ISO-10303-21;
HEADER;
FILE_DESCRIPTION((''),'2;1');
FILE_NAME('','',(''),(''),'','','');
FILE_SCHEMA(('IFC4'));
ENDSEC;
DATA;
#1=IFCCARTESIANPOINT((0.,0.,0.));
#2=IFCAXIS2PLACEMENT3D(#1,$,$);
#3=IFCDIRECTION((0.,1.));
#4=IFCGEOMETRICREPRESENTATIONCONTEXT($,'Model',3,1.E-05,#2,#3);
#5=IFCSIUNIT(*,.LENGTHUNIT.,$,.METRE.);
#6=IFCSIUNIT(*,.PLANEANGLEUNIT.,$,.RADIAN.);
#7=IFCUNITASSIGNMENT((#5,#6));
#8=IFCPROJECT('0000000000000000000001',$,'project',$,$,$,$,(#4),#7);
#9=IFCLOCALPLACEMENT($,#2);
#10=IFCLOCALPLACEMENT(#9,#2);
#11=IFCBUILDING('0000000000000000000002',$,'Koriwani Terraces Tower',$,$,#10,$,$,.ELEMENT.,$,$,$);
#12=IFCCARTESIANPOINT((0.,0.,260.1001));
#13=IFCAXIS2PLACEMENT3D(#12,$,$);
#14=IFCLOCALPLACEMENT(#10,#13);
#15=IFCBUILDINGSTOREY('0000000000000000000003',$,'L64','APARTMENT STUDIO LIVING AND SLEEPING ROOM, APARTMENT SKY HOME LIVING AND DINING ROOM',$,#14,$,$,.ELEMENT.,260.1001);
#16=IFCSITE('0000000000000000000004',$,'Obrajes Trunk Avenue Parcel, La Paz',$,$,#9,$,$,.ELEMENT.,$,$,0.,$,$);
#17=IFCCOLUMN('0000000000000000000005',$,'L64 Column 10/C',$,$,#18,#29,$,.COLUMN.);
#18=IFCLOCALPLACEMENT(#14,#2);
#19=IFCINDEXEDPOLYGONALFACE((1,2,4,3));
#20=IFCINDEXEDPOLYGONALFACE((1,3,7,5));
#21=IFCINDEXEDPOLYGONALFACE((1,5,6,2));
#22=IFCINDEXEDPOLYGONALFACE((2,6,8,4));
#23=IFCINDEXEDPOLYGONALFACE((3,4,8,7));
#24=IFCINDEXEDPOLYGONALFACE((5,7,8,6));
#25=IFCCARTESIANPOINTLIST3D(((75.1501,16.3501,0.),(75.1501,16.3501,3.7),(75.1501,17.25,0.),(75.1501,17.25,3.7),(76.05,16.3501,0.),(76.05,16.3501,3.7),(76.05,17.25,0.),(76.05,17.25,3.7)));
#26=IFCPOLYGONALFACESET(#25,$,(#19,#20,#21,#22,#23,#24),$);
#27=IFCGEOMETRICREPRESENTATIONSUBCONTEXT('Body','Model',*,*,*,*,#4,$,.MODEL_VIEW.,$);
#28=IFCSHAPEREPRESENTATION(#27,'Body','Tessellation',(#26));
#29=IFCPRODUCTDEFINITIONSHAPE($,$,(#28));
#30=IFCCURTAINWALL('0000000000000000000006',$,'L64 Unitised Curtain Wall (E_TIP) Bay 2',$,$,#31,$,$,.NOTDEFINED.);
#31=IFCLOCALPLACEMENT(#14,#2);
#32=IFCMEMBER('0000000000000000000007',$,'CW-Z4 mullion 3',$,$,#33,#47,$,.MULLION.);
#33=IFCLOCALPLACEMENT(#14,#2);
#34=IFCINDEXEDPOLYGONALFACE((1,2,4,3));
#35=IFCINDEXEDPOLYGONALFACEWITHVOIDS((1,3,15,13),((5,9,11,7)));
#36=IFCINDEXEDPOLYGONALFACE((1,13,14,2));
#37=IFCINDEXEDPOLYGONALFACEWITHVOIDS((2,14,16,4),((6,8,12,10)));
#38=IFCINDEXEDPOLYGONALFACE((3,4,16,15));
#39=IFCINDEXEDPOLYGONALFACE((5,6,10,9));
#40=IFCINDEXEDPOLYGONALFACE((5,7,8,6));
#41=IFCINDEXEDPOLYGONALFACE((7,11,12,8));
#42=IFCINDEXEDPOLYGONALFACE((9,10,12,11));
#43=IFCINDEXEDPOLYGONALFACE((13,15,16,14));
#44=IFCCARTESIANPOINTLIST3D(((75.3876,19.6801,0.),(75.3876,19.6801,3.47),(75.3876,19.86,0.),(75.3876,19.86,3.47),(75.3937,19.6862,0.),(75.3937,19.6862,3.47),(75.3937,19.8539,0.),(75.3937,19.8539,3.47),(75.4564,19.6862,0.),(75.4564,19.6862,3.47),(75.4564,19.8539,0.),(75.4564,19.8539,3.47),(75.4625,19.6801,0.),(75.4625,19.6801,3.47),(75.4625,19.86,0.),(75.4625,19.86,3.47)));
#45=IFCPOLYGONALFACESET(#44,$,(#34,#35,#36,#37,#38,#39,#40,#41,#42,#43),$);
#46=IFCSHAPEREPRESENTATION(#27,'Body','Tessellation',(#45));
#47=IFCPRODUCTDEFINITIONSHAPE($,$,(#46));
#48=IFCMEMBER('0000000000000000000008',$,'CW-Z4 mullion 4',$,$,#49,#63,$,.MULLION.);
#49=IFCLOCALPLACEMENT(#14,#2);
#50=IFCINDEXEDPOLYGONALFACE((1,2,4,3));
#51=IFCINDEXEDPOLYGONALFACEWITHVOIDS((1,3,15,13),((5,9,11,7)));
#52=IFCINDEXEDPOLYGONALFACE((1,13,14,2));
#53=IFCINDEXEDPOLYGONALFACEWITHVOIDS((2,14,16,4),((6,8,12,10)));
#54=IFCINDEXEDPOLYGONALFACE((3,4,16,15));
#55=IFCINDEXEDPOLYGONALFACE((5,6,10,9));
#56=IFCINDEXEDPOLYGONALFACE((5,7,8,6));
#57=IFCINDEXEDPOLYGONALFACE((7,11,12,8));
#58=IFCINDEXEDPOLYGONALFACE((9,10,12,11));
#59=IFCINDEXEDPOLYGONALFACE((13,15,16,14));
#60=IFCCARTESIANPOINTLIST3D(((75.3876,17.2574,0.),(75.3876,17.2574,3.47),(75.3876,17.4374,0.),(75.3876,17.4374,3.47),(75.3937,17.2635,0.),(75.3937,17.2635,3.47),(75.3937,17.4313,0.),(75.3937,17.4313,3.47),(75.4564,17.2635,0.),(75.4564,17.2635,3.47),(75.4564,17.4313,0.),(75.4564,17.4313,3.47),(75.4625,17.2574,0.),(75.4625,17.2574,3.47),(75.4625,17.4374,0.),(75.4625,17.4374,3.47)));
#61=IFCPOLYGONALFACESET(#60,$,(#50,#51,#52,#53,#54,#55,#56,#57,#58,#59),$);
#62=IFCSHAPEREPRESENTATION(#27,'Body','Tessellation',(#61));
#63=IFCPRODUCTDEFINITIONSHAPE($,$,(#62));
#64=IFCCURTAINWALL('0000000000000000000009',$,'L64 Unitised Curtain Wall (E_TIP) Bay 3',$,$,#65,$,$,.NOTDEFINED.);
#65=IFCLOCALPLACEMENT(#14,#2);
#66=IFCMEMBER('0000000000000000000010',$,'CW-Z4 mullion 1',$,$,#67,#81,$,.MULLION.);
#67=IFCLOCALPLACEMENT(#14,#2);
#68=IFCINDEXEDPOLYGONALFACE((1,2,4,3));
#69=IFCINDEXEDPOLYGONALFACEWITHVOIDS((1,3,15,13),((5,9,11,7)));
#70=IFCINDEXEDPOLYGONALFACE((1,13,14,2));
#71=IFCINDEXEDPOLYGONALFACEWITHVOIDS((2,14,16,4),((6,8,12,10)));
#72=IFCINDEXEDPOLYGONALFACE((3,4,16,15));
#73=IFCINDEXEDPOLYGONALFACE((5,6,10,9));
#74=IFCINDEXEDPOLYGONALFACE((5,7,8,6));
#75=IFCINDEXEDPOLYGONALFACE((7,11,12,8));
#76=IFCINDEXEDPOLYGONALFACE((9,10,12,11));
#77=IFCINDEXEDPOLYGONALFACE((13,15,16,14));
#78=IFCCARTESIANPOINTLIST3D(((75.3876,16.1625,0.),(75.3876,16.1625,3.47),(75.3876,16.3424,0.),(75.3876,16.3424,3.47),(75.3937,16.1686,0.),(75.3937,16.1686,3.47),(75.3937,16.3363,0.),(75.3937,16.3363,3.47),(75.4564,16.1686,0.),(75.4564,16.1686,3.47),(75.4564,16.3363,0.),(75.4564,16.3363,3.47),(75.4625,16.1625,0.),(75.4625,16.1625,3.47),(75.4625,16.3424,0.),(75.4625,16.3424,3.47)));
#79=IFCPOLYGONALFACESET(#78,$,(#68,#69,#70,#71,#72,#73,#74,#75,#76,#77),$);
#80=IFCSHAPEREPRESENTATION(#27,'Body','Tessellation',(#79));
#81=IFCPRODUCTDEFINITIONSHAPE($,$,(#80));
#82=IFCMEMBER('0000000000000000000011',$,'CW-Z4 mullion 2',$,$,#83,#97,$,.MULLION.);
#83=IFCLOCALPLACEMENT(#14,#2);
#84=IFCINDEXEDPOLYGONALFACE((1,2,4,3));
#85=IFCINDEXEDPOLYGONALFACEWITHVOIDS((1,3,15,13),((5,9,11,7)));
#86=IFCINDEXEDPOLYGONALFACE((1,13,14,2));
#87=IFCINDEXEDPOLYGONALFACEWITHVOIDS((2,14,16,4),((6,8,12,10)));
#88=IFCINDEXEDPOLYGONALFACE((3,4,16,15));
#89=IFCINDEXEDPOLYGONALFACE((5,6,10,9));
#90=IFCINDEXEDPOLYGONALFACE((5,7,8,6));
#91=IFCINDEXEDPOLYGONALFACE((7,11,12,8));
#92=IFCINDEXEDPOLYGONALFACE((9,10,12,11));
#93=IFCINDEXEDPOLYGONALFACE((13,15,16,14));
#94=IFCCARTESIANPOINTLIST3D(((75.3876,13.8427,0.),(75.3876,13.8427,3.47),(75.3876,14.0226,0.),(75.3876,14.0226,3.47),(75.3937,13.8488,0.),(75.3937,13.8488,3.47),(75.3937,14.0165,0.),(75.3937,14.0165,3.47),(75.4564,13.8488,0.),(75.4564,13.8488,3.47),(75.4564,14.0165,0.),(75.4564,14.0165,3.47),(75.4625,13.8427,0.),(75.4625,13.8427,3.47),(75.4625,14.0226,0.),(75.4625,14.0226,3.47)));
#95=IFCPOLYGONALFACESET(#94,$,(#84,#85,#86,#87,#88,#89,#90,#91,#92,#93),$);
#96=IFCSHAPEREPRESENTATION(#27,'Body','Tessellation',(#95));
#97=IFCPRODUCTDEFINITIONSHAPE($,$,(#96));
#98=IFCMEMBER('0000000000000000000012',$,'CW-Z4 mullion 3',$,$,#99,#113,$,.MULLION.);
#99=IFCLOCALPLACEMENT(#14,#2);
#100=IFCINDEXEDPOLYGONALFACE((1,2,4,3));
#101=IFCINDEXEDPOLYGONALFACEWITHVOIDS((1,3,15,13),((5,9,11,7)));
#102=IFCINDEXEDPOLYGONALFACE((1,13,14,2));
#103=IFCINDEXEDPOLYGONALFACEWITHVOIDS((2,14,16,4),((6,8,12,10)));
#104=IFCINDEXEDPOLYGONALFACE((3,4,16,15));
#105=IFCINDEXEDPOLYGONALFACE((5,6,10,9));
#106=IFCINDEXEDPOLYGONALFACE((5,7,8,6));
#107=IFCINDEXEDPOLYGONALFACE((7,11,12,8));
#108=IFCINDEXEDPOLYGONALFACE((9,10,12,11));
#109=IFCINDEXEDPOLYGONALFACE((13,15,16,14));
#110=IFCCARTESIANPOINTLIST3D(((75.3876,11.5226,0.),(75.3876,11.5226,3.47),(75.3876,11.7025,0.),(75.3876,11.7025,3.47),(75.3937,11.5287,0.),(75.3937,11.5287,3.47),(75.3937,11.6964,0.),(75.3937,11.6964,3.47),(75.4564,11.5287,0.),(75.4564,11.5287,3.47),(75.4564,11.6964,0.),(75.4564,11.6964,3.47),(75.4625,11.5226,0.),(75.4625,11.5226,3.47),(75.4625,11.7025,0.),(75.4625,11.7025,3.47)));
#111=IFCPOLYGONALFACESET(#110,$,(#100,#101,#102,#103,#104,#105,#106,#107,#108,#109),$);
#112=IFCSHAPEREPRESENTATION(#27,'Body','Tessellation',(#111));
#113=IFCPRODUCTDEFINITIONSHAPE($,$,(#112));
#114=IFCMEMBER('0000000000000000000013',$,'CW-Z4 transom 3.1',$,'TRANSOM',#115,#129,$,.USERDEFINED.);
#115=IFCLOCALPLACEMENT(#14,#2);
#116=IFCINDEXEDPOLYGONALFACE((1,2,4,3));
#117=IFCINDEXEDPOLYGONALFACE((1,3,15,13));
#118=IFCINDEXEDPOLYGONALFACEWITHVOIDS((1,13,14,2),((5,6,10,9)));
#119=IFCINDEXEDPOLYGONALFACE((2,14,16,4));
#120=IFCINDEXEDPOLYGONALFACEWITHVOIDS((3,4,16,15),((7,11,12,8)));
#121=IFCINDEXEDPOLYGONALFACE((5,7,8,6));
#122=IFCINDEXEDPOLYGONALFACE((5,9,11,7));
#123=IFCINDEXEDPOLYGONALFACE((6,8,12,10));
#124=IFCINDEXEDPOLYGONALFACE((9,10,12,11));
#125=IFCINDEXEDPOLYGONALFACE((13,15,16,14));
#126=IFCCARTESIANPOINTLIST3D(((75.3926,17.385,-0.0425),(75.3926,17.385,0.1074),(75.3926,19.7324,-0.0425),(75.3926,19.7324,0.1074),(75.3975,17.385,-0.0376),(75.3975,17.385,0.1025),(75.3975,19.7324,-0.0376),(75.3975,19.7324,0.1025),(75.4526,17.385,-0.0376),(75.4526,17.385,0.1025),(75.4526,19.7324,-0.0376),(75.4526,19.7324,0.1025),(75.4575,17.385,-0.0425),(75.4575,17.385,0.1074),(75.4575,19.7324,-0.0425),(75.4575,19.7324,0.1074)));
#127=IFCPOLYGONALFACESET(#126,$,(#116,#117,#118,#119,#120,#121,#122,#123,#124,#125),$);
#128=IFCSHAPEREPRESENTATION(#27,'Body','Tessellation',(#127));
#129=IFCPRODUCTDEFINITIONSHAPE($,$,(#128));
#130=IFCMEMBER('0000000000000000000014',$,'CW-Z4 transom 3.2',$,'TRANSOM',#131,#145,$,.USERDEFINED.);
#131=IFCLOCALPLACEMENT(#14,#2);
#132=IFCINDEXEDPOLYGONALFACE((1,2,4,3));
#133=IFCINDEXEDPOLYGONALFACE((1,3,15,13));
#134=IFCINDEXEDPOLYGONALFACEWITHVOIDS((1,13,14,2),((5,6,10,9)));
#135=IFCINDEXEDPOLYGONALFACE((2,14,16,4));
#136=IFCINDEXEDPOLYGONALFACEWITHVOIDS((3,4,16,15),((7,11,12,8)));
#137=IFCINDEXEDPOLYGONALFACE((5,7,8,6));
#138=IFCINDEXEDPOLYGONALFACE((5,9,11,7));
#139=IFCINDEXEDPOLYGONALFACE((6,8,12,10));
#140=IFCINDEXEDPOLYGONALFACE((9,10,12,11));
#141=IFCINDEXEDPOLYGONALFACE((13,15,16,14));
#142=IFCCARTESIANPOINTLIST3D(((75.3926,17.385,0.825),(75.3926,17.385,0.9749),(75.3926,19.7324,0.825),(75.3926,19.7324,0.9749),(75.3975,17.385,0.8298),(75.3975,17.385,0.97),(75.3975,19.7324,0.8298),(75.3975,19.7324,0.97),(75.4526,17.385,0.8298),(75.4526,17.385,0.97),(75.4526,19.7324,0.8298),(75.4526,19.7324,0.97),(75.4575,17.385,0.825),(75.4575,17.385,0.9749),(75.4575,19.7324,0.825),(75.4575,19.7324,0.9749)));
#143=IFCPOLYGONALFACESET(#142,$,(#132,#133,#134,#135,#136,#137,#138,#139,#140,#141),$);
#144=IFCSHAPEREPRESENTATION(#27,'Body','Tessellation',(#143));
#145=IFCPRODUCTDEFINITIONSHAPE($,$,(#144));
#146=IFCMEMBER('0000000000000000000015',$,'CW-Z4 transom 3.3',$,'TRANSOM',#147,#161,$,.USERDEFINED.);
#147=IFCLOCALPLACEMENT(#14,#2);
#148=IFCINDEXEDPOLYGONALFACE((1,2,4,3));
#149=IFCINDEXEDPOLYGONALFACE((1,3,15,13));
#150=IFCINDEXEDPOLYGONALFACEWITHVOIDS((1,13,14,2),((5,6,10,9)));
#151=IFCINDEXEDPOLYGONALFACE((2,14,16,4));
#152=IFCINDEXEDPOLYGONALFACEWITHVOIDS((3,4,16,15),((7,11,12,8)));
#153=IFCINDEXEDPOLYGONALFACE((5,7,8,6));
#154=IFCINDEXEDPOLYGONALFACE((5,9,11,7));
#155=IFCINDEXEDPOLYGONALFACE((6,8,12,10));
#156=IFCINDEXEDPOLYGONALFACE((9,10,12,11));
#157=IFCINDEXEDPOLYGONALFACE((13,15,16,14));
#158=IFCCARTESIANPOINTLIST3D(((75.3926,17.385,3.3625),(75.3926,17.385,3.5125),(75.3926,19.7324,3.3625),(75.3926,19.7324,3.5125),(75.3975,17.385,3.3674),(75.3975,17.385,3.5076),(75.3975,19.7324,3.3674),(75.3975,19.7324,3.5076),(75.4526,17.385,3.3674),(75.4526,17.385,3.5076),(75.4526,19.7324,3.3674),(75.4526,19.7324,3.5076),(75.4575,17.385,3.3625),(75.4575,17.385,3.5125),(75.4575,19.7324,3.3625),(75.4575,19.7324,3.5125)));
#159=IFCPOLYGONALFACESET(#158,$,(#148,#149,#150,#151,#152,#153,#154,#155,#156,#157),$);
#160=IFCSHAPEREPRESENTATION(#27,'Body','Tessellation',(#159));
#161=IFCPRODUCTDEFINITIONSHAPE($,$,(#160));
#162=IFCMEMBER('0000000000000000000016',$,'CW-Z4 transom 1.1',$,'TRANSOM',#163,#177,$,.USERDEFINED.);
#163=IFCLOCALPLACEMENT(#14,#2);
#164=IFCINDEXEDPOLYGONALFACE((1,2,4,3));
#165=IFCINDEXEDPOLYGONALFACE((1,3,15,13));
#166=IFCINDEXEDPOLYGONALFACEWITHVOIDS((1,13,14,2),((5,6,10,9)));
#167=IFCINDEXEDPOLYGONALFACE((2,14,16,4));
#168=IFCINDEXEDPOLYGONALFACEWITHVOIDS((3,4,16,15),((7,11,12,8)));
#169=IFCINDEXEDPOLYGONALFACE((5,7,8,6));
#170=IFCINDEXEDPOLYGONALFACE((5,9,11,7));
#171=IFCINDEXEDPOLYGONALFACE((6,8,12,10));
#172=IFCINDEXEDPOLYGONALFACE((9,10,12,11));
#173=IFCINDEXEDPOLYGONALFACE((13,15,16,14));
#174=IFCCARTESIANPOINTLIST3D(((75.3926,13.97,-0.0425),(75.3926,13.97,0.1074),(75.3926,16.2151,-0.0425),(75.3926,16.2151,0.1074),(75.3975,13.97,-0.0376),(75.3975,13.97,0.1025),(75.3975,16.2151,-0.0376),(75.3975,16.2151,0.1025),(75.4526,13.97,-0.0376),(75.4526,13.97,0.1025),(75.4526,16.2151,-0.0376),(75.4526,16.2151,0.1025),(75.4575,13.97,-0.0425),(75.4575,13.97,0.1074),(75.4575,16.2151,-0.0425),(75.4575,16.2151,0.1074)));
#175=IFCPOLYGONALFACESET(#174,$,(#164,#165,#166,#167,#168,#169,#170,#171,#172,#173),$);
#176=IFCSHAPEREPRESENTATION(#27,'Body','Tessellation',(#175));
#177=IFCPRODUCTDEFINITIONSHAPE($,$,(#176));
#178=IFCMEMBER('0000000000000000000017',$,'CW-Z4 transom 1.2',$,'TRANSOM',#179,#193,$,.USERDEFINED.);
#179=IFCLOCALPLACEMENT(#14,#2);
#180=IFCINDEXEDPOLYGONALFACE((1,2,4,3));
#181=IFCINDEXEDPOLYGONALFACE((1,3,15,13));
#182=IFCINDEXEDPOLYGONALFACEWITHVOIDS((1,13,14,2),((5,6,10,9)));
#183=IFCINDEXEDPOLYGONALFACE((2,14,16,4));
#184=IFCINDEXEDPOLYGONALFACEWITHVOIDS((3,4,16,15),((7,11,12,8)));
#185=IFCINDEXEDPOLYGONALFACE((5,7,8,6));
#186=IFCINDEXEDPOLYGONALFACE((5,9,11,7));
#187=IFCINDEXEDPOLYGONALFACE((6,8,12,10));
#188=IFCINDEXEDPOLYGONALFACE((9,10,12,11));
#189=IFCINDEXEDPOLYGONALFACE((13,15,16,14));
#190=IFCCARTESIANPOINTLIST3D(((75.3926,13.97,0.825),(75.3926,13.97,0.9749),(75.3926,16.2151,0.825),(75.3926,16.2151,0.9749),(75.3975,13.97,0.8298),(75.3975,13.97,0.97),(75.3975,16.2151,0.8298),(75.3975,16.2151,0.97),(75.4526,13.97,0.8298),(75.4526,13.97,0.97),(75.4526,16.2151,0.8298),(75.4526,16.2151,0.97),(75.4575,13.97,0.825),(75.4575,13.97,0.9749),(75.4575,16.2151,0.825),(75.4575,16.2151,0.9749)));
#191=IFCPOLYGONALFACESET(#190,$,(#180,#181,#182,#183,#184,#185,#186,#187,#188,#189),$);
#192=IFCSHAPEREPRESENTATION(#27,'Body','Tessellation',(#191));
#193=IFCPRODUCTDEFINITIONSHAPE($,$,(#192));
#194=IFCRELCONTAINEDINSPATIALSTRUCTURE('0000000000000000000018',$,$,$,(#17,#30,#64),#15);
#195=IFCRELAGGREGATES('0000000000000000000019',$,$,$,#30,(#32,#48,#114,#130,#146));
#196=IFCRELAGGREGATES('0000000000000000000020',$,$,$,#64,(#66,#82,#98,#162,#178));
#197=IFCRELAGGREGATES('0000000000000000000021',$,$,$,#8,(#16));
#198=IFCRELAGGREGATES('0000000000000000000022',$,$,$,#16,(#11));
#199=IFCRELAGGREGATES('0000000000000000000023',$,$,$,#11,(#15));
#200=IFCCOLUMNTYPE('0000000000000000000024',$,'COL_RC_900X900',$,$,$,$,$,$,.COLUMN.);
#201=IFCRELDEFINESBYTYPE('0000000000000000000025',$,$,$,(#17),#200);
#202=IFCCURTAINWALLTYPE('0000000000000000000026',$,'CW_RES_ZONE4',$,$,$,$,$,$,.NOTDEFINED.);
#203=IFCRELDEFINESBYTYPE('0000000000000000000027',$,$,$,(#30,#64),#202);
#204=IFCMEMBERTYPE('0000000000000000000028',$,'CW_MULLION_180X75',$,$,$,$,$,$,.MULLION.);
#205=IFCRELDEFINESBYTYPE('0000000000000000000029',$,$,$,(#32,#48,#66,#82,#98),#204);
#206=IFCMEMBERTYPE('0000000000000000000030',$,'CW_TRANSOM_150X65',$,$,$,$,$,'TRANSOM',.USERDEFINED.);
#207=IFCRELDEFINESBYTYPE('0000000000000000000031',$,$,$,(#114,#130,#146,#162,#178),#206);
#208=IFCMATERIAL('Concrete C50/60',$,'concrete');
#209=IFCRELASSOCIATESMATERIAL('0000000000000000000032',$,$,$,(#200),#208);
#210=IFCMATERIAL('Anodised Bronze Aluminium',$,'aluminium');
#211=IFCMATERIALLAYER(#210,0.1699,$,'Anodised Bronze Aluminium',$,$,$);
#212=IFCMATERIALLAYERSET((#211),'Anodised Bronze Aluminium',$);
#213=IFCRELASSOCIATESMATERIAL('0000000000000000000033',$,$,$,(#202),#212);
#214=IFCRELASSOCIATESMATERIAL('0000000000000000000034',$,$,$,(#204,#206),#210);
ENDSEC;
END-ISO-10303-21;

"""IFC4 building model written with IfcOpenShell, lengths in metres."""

from ifc_helpers import new_model, si_unit, direction, frame, origin, origin_2d, place, context, subcontext, project, spatial, rectangle, hollow_rectangle, extrude, material, layer, layer_set, material_profile, profile_set, type_object, element, aggregate, save


model = new_model("IFC4")

# Units and contexts
model_context = context("Model", 3, precision=1e-05, world=origin(), true_north=direction((0.0, 1.0)))
body_context = subcontext(model_context, "Body", "Model", "MODEL_VIEW")
ifc_project = project(units=[si_unit("LENGTHUNIT", "METRE"), si_unit("PLANEANGLEUNIT", "RADIAN")], contexts=[model_context])

# Site, building, storey
site_placement = place(None, origin())
site = spatial("IfcSite", under=ifc_project, at=site_placement, Name="Obrajes Trunk Avenue Parcel, La Paz", CompositionType="ELEMENT", RefElevation=0.0)
building_placement = place(site_placement, origin())
building = spatial("IfcBuilding", under=site, at=building_placement, Name="Koriwani Terraces Tower", CompositionType="ELEMENT")
storey_placement = place(building_placement, frame((0.0, 0.0, 260.1001)))
storey = spatial("IfcBuildingStorey", under=building, at=storey_placement, Name="L64", Description="APARTMENT STUDIO LIVING AND SLEEPING ROOM, APARTMENT SKY HOME LIVING AND DINING ROOM", CompositionType="ELEMENT", Elevation=260.1001)

# Column
ifc_material_1 = material(Name="Concrete C50/60", Category="concrete")
ifc_material_profile_1 = material_profile(ifc_material_1, rectangle(XDim=0.8999, YDim=0.8999, at=origin_2d()), Name="Concrete C50/60", Category="LoadBearing")
ifc_profile_set_1 = profile_set([ifc_material_profile_1], Name="Concrete C50/60")
column_type = type_object("IfcColumnType", Name="COL_RC_900X900", PredefinedType="COLUMN", material=ifc_profile_set_1)
column_placement = place(storey_placement, frame((75.6001, 16.8, 0.0), z_axis=(0.0, 0.0, 1.0), x_axis=(1.0, 0.0, 0.0)))
element("IfcColumn", 1, at=column_placement, inside=storey, type_object=column_type, Name="L64 Column 10/C", PredefinedType="COLUMN", context=body_context, shape_type="SweptSolid", body=[
    extrude(rectangle(XDim=0.8999, YDim=0.8999, at=origin_2d()), origin(), (0.0, 0.0, 1.0), 3.7),
])

# Curtain walls, members
ifc_material_2 = material(Name="Anodised Bronze Aluminium", Category="aluminium")
ifc_layer_1 = layer(ifc_material_2, 0.1699, Name="Anodised Bronze Aluminium")
ifc_layer_set_1 = layer_set([ifc_layer_1], Name="Anodised Bronze Aluminium")
curtain_wall_type = type_object("IfcCurtainWallType", Name="CW_RES_ZONE4", PredefinedType="NOTDEFINED", material=ifc_layer_set_1)
curtain_wall_1_placement = place(storey_placement, origin())
curtain_wall_1 = element("IfcCurtainWall", 2, at=curtain_wall_1_placement, inside=storey, type_object=curtain_wall_type, Name="L64 Unitised Curtain Wall (E_TIP) Bay 2", PredefinedType="NOTDEFINED")
ifc_material_profile_2 = material_profile(ifc_material_2, hollow_rectangle(XDim=0.075, YDim=0.1799, WallThickness=0.0061, at=origin_2d()), Name="Anodised Bronze Aluminium", Category="LoadBearing")
ifc_profile_set_2 = profile_set([ifc_material_profile_2], Name="Anodised Bronze Aluminium")
member_type_1 = type_object("IfcMemberType", Name="CW_MULLION_180X75", PredefinedType="MULLION", material=ifc_profile_set_2)
member_1_placement = place(storey_placement, frame((75.425, 19.77, 0.0), z_axis=(0.0, 0.0, 1.0), x_axis=(1.0, 0.0, 0.0)))
member_1 = element("IfcMember", 3, at=member_1_placement, type_object=member_type_1, Name="CW-Z4 mullion 3", PredefinedType="MULLION", context=body_context, shape_type="SweptSolid", body=[
    extrude(hollow_rectangle(XDim=0.075, YDim=0.1799, WallThickness=0.0061, at=origin_2d()), origin(), (0.0, 0.0, 1.0), 3.47),
])
member_2_placement = place(storey_placement, frame((75.425, 17.3474, 0.0), z_axis=(0.0, 0.0, 1.0), x_axis=(1.0, 0.0, 0.0)))
member_2 = element("IfcMember", 4, at=member_2_placement, type_object=member_type_1, Name="CW-Z4 mullion 4", PredefinedType="MULLION", context=body_context, shape_type="SweptSolid", body=[
    extrude(hollow_rectangle(XDim=0.075, YDim=0.1799, WallThickness=0.0061, at=origin_2d()), origin(), (0.0, 0.0, 1.0), 3.47),
])
curtain_wall_2_placement = place(storey_placement, origin())
curtain_wall_2 = element("IfcCurtainWall", 5, at=curtain_wall_2_placement, inside=storey, type_object=curtain_wall_type, Name="L64 Unitised Curtain Wall (E_TIP) Bay 3", PredefinedType="NOTDEFINED")
member_3_placement = place(storey_placement, frame((75.425, 16.2524, 0.0), z_axis=(0.0, 0.0, 1.0), x_axis=(1.0, 0.0, 0.0)))
member_3 = element("IfcMember", 6, at=member_3_placement, type_object=member_type_1, Name="CW-Z4 mullion 1", PredefinedType="MULLION", context=body_context, shape_type="SweptSolid", body=[
    extrude(hollow_rectangle(XDim=0.075, YDim=0.1799, WallThickness=0.0061, at=origin_2d()), origin(), (0.0, 0.0, 1.0), 3.47),
])
member_4_placement = place(storey_placement, frame((75.425, 13.9326, 0.0), z_axis=(0.0, 0.0, 1.0), x_axis=(1.0, 0.0, 0.0)))
member_4 = element("IfcMember", 7, at=member_4_placement, type_object=member_type_1, Name="CW-Z4 mullion 2", PredefinedType="MULLION", context=body_context, shape_type="SweptSolid", body=[
    extrude(hollow_rectangle(XDim=0.075, YDim=0.1799, WallThickness=0.0061, at=origin_2d()), origin(), (0.0, 0.0, 1.0), 3.47),
])
member_5_placement = place(storey_placement, frame((75.425, 11.6125, 0.0), z_axis=(0.0, 0.0, 1.0), x_axis=(1.0, 0.0, 0.0)))
member_5 = element("IfcMember", 8, at=member_5_placement, type_object=member_type_1, Name="CW-Z4 mullion 3", PredefinedType="MULLION", context=body_context, shape_type="SweptSolid", body=[
    extrude(hollow_rectangle(XDim=0.075, YDim=0.1799, WallThickness=0.0061, at=origin_2d()), origin(), (0.0, 0.0, 1.0), 3.47),
])

# Members
ifc_material_profile_3 = material_profile(ifc_material_2, hollow_rectangle(XDim=0.0649, YDim=0.1499, WallThickness=0.0049, at=origin_2d()), Name="Anodised Bronze Aluminium", Category="LoadBearing")
ifc_profile_set_3 = profile_set([ifc_material_profile_3], Name="Anodised Bronze Aluminium")
member_type_2 = type_object("IfcMemberType", Name="CW_TRANSOM_150X65", ElementType="TRANSOM", PredefinedType="USERDEFINED", material=ifc_profile_set_3)
member_6_placement = place(storey_placement, frame((75.425, 19.7324, 0.0325), z_axis=(0.0, -1.0, 0.0), x_axis=(1.0, 0.0, 0.0)))
member_6 = element("IfcMember", 9, at=member_6_placement, type_object=member_type_2, Name="CW-Z4 transom 3.1", ObjectType="TRANSOM", PredefinedType="USERDEFINED", context=body_context, shape_type="SweptSolid", body=[
    extrude(hollow_rectangle(XDim=0.0649, YDim=0.1499, WallThickness=0.0049, at=origin_2d()), origin(), (0.0, 0.0, 1.0), 2.3474),
])
member_7_placement = place(storey_placement, frame((75.425, 19.7324, 0.8999), z_axis=(0.0, -1.0, 0.0), x_axis=(1.0, 0.0, 0.0)))
member_7 = element("IfcMember", 10, at=member_7_placement, type_object=member_type_2, Name="CW-Z4 transom 3.2", ObjectType="TRANSOM", PredefinedType="USERDEFINED", context=body_context, shape_type="SweptSolid", body=[
    extrude(hollow_rectangle(XDim=0.0649, YDim=0.1499, WallThickness=0.0049, at=origin_2d()), origin(), (0.0, 0.0, 1.0), 2.3474),
])
member_8_placement = place(storey_placement, frame((75.425, 19.7324, 3.4375), z_axis=(0.0, -1.0, 0.0), x_axis=(1.0, 0.0, 0.0)))
member_8 = element("IfcMember", 11, at=member_8_placement, type_object=member_type_2, Name="CW-Z4 transom 3.3", ObjectType="TRANSOM", PredefinedType="USERDEFINED", context=body_context, shape_type="SweptSolid", body=[
    extrude(hollow_rectangle(XDim=0.0649, YDim=0.1499, WallThickness=0.0049, at=origin_2d()), origin(), (0.0, 0.0, 1.0), 2.3474),
])
member_9_placement = place(storey_placement, frame((75.425, 16.2151, 0.0325), z_axis=(0.0, -1.0, 0.0), x_axis=(1.0, 0.0, 0.0)))
member_9 = element("IfcMember", 12, at=member_9_placement, type_object=member_type_2, Name="CW-Z4 transom 1.1", ObjectType="TRANSOM", PredefinedType="USERDEFINED", context=body_context, shape_type="SweptSolid", body=[
    extrude(hollow_rectangle(XDim=0.0649, YDim=0.1499, WallThickness=0.0049, at=origin_2d()), origin(), (0.0, 0.0, 1.0), 2.2451),
])
member_10_placement = place(storey_placement, frame((75.425, 16.2151, 0.8999), z_axis=(0.0, -1.0, 0.0), x_axis=(1.0, 0.0, 0.0)))
member_10 = element("IfcMember", 13, at=member_10_placement, type_object=member_type_2, Name="CW-Z4 transom 1.2", ObjectType="TRANSOM", PredefinedType="USERDEFINED", context=body_context, shape_type="SweptSolid", body=[
    extrude(hollow_rectangle(XDim=0.0649, YDim=0.1499, WallThickness=0.0049, at=origin_2d()), origin(), (0.0, 0.0, 1.0), 2.2451),
])

aggregate(curtain_wall_1, [member_1, member_2, member_6, member_7, member_8])
aggregate(curtain_wall_2, [member_3, member_4, member_5, member_9, member_10])

save(model, "model.ifc")
